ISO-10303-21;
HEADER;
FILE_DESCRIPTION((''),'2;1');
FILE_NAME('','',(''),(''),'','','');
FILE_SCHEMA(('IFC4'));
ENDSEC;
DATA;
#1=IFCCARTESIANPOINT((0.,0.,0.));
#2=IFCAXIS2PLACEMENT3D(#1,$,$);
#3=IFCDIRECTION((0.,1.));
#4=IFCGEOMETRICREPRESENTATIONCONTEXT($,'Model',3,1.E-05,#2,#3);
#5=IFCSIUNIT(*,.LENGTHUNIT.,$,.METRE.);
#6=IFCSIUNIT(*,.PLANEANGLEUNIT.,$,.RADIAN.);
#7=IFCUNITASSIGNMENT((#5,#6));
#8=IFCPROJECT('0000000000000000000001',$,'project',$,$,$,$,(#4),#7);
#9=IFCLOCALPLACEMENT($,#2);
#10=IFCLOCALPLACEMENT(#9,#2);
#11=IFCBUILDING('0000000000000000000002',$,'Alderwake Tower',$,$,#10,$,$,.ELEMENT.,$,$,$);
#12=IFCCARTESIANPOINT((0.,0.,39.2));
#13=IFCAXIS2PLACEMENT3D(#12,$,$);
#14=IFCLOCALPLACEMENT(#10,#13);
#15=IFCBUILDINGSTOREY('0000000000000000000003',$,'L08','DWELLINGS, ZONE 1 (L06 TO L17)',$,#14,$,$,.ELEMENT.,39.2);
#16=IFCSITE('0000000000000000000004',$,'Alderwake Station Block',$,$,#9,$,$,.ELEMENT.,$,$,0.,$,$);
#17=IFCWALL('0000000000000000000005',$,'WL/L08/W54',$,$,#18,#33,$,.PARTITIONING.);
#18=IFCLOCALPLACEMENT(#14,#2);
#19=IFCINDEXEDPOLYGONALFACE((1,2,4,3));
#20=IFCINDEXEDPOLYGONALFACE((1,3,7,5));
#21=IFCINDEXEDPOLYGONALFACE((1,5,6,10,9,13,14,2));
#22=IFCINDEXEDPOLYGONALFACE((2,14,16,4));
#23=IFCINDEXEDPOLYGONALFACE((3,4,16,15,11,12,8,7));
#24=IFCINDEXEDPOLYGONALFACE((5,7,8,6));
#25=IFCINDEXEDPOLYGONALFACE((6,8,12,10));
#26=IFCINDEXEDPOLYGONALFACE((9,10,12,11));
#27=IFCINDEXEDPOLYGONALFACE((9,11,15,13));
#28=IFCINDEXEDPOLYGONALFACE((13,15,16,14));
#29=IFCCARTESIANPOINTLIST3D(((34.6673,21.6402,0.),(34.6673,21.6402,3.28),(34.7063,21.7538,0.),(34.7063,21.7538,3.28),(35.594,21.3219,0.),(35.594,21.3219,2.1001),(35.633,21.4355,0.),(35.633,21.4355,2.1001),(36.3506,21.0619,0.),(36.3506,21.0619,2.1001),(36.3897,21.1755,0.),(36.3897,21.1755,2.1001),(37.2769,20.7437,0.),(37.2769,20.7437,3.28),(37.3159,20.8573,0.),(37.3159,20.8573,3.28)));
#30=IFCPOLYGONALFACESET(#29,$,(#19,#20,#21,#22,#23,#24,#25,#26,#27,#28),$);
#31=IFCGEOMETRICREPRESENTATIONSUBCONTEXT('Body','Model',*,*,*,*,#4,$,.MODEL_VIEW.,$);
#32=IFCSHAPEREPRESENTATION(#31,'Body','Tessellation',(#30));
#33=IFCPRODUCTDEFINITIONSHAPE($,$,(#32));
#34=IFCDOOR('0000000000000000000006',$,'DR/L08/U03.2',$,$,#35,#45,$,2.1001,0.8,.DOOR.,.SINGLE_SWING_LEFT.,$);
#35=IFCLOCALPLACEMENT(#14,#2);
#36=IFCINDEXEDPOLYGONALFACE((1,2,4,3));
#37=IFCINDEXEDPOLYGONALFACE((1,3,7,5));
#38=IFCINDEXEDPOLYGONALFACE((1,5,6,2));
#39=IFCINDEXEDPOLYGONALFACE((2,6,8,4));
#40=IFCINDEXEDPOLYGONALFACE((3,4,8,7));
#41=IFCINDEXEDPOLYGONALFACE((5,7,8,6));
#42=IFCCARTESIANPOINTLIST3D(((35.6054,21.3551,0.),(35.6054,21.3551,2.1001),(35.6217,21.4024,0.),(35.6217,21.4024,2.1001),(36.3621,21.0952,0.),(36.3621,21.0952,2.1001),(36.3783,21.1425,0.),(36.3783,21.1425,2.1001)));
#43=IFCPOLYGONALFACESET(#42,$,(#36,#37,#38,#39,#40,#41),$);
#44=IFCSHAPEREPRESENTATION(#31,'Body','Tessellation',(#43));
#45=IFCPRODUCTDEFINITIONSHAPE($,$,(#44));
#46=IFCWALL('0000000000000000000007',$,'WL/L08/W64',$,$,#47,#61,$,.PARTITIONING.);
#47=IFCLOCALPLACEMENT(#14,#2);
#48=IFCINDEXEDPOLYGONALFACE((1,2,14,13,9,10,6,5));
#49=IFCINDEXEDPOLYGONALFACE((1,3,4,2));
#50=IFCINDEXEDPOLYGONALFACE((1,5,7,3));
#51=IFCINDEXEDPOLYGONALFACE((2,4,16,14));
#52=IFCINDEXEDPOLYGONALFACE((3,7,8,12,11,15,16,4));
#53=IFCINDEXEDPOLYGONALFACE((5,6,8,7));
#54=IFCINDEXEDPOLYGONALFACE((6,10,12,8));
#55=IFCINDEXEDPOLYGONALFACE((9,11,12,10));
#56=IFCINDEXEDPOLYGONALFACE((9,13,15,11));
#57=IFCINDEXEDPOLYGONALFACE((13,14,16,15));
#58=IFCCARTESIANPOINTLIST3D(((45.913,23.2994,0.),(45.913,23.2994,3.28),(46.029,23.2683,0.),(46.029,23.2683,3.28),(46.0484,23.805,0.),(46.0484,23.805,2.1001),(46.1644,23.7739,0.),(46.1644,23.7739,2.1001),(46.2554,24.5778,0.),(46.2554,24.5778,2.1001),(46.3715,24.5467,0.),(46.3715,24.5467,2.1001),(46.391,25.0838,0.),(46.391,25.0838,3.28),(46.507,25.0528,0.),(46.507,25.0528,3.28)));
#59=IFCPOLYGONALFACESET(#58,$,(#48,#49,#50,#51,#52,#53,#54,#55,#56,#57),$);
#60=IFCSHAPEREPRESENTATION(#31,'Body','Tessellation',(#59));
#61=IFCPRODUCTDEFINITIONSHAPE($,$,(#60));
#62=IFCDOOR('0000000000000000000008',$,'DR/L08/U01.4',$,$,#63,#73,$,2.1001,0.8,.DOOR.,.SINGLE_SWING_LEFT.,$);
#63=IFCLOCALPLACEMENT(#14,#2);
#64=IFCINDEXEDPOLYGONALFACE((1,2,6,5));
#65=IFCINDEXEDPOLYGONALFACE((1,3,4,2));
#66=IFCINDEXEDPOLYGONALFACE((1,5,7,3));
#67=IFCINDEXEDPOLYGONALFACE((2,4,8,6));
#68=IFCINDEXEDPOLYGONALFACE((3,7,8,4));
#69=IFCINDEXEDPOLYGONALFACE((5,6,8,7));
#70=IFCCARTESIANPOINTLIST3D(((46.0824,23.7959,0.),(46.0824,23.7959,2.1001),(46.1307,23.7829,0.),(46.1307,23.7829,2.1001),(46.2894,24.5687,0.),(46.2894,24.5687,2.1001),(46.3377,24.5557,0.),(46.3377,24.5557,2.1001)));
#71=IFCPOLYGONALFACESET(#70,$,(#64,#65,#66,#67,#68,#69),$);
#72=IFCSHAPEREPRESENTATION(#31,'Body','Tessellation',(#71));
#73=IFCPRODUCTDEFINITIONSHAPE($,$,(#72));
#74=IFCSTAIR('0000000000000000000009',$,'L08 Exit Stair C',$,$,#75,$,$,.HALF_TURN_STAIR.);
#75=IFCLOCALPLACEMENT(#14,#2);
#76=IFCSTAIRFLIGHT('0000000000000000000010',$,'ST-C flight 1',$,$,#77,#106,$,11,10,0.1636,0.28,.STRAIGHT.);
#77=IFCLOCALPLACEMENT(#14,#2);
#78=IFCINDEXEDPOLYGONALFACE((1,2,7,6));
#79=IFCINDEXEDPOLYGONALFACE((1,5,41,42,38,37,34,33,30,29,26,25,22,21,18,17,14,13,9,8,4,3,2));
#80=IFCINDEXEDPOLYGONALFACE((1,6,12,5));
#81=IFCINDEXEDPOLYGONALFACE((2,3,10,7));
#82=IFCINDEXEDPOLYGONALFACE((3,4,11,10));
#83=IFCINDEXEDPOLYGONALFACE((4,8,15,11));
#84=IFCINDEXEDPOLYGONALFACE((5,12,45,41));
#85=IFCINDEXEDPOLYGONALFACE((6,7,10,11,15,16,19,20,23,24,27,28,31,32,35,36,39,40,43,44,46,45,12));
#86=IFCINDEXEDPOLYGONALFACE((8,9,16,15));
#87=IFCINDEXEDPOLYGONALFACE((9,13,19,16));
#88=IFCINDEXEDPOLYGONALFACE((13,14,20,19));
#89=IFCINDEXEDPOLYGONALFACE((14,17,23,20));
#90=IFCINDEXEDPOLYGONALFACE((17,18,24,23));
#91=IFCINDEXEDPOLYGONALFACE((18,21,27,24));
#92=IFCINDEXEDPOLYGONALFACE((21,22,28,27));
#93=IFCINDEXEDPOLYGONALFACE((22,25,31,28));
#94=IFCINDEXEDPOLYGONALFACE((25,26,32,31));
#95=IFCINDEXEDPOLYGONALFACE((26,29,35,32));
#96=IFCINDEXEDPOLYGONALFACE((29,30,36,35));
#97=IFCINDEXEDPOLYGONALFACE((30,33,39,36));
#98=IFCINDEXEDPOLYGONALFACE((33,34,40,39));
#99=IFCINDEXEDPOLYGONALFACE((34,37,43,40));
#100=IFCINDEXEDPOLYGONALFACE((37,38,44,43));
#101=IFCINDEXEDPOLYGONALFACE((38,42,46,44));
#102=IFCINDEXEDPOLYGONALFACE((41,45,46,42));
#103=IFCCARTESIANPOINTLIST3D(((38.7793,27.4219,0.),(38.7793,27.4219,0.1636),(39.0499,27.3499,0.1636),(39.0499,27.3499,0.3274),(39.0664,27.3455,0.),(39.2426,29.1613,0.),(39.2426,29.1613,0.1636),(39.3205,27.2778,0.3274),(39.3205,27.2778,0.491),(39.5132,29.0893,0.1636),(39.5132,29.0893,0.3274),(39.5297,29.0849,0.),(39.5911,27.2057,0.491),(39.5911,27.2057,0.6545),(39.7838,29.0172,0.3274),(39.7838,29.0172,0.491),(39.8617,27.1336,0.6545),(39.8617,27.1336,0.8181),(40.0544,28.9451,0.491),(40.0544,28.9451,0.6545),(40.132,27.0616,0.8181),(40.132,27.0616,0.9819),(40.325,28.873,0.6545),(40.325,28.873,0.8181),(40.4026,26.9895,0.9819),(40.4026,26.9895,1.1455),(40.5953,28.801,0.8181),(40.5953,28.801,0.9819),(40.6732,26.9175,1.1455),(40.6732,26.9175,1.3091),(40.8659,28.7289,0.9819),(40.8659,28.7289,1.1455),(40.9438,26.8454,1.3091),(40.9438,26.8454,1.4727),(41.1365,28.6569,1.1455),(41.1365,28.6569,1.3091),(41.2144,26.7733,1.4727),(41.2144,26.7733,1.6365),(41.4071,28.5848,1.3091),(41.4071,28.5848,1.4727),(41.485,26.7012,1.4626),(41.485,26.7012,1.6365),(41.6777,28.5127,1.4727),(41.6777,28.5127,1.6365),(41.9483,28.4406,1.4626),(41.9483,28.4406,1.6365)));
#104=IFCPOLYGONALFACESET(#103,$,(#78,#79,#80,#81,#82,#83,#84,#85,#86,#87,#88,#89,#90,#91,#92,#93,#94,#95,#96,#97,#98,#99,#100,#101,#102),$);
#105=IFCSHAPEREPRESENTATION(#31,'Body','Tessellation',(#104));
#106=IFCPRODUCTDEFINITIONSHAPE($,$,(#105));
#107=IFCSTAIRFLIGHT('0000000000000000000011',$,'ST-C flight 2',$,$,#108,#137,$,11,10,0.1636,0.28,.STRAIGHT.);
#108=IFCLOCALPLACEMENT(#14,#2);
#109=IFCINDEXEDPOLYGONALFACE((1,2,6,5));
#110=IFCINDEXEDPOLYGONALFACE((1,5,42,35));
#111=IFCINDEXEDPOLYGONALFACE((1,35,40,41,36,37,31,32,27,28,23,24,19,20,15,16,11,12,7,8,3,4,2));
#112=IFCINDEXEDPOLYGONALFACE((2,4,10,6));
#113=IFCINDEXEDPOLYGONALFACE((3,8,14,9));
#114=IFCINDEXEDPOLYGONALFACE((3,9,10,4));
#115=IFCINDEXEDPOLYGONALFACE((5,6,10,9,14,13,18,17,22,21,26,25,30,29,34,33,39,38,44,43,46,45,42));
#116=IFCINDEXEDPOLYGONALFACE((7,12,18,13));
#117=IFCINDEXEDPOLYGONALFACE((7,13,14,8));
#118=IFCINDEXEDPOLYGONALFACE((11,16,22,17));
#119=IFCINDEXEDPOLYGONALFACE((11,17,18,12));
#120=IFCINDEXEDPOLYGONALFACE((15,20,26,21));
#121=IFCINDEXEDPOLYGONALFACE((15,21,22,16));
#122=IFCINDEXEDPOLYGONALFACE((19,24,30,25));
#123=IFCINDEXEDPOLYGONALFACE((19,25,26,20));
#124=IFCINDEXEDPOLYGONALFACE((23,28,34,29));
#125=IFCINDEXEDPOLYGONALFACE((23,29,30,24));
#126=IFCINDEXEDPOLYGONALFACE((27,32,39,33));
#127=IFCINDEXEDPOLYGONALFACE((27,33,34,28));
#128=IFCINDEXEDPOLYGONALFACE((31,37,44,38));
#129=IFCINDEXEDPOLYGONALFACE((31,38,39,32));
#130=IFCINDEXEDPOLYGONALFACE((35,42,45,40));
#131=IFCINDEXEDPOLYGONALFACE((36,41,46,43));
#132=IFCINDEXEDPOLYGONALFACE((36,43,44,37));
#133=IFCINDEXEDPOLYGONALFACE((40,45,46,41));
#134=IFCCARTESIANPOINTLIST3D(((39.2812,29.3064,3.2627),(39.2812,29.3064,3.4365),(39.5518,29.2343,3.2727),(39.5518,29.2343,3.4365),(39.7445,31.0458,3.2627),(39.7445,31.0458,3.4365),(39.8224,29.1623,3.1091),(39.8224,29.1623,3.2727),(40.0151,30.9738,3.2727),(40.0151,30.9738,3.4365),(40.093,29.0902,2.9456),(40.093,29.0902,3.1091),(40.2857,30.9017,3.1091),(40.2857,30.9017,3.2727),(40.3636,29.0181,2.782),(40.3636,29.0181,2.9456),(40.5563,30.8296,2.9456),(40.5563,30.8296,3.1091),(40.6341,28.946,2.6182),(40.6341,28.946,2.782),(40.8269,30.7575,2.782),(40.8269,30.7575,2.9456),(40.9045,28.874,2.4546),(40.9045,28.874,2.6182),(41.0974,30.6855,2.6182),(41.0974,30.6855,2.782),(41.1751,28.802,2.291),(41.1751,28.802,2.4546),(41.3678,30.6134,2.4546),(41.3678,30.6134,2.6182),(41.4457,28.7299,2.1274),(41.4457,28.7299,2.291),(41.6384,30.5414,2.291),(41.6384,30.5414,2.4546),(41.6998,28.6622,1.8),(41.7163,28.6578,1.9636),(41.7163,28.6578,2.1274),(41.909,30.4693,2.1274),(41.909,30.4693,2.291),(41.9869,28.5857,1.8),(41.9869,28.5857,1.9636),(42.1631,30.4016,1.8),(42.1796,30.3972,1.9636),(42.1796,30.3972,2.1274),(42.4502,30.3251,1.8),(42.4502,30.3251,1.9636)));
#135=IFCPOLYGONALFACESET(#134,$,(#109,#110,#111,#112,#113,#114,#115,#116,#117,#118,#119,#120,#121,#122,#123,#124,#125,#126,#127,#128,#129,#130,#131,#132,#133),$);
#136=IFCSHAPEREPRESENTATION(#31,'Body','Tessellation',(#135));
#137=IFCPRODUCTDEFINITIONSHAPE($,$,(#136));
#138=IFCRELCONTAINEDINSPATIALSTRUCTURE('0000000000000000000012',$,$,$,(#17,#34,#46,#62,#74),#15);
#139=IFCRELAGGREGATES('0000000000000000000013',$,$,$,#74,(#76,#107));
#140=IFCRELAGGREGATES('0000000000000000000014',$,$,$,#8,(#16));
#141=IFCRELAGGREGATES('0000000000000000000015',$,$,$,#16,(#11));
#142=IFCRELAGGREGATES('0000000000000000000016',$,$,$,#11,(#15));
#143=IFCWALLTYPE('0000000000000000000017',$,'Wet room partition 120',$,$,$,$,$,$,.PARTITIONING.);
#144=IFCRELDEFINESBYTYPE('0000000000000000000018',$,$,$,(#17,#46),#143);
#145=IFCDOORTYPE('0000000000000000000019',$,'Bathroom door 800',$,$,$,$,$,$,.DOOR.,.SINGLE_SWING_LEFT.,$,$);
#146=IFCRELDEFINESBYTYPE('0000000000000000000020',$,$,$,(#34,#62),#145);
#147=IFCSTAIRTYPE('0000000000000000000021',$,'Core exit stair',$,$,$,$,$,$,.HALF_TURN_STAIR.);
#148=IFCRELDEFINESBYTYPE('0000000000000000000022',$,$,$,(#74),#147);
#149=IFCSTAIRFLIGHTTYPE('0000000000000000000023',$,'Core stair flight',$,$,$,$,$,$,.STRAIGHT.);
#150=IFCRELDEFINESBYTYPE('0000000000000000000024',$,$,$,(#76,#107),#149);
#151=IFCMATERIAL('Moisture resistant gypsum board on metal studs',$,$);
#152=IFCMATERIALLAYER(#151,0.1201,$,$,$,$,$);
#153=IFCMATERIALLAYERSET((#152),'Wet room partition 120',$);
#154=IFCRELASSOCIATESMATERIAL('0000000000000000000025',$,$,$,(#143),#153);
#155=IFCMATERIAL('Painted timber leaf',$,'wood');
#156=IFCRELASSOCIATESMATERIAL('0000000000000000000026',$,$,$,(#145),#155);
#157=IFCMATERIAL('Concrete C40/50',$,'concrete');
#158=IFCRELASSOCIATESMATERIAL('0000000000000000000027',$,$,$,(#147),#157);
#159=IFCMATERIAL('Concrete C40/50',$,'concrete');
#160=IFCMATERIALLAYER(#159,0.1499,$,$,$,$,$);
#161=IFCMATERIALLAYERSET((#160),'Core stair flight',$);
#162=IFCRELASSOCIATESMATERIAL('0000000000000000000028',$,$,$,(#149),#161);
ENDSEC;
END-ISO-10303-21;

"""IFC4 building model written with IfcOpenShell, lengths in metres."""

from ifc_helpers import new_model, si_unit, direction, frame, frame_2d, origin, place, context, subcontext, project, spatial, polyline, rectangle, outline, extrude, material, layer, layer_set, type_object, element, fill, aggregate, save


model = new_model("IFC4")

# Units and contexts
model_context = context("Model", 3, precision=1e-05, world=origin(), true_north=direction((0.0, 1.0)))
body_context = subcontext(model_context, "Body", "Model", "MODEL_VIEW")
ifc_project = project(units=[si_unit("LENGTHUNIT", "METRE"), si_unit("PLANEANGLEUNIT", "RADIAN")], contexts=[model_context])

# Site, building, storey
site_placement = place(None, origin())
site = spatial("IfcSite", under=ifc_project, at=site_placement, Name="Alderwake Station Block", CompositionType="ELEMENT", RefElevation=0.0)
building_placement = place(site_placement, origin())
building = spatial("IfcBuilding", under=site, at=building_placement, Name="Alderwake Tower", CompositionType="ELEMENT")
storey_placement = place(building_placement, frame((0.0, 0.0, 39.2)))
storey = spatial("IfcBuildingStorey", under=building, at=storey_placement, Name="L08", Description="DWELLINGS, ZONE 1 (L06 TO L17)", CompositionType="ELEMENT", Elevation=39.2)

# Shared definitions
ifc_material_1 = material(Name="Moisture resistant gypsum board on metal studs")
ifc_layer_1 = layer(ifc_material_1, 0.1201)
ifc_layer_set_1 = layer_set([ifc_layer_1], Name="Wet room partition 120")
wall_type_1 = type_object("IfcWallType", Name="Wet room partition 120", PredefinedType="PARTITIONING", material=ifc_layer_set_1)

# Walls, openings, doors
wall_1_placement = place(storey_placement, frame((37.2964, 20.8005, 0.0), z_axis=(0.0, 0.0, 1.0), x_axis=(-0.94575, 0.324894, 0.0)))
wall_1 = element("IfcWall", 1, at=wall_1_placement, inside=storey, type_object=wall_type_1, Name="WL/L08/W54", PredefinedType="PARTITIONING", context=body_context, shape_type="SweptSolid", body=[
    extrude(rectangle(XDim=2.7593, YDim=0.1201, at=frame_2d((1.3796, 0.0))), origin(), (0.0, 0.0, 1.0), 3.28),
])
opening_1_placement = place(wall_1_placement, frame((0.9795, 0.0, 0.0)))
opening_1 = element("IfcOpeningElement", 2, at=opening_1_placement, cuts=wall_1, PredefinedType="OPENING", context=body_context, shape_type="SweptSolid", body=[
    extrude(rectangle(XDim=0.8, YDim=2.1001, at=frame_2d((0.3999, 1.05))), frame((0.0, 0.0701, 0.0), z_axis=(0.0, -1.0, 0.0), x_axis=(1.0, 0.0, 0.0)), (0.0, 0.0, 1.0), 0.1401),
])
ifc_material_2 = material(Name="Painted timber leaf", Category="wood")
door_type_1 = type_object("IfcDoorType", Name="Bathroom door 800", OperationType="SINGLE_SWING_LEFT", PredefinedType="DOOR", material=ifc_material_2)
door_1_placement = place(opening_1_placement, origin())
door_1 = element("IfcDoor", 3, at=door_1_placement, inside=storey, type_object=door_type_1, Name="DR/L08/U03.2", OperationType="SINGLE_SWING_LEFT", OverallHeight=2.1001, OverallWidth=0.8, PredefinedType="DOOR", context=body_context, shape_type="SweptSolid", body=[
    extrude(rectangle(XDim=0.8, YDim=2.1001, at=frame_2d((0.3999, 1.05))), frame((0.0, 0.0249, 0.0), z_axis=(0.0, -1.0, 0.0), x_axis=(1.0, 0.0, 0.0)), (0.0, 0.0, 1.0), 0.05),
])
fill(opening_1, door_1)
wall_2_placement = place(storey_placement, frame((45.9709, 23.2837, 0.0), z_axis=(0.0, 0.0, 1.0), x_axis=(0.258765, 0.96594, 0.0)))
wall_2 = element("IfcWall", 4, at=wall_2_placement, inside=storey, type_object=wall_type_1, Name="WL/L08/W64", PredefinedType="PARTITIONING", context=body_context, shape_type="SweptSolid", body=[
    extrude(rectangle(XDim=1.8474, YDim=0.1201, at=frame_2d((0.9238, 0.0))), origin(), (0.0, 0.0, 1.0), 3.28),
])
opening_2_placement = place(wall_2_placement, frame((0.5237, 0.0, 0.0)))
opening_2 = element("IfcOpeningElement", 5, at=opening_2_placement, cuts=wall_2, PredefinedType="OPENING", context=body_context, shape_type="SweptSolid", body=[
    extrude(rectangle(XDim=0.8, YDim=2.1001, at=frame_2d((0.3999, 1.05))), frame((0.0, 0.0701, 0.0), z_axis=(0.0, -1.0, 0.0), x_axis=(1.0, 0.0, 0.0)), (0.0, 0.0, 1.0), 0.1401),
])
door_2_placement = place(opening_2_placement, origin())
door_2 = element("IfcDoor", 6, at=door_2_placement, inside=storey, type_object=door_type_1, Name="DR/L08/U01.4", OperationType="SINGLE_SWING_LEFT", OverallHeight=2.1001, OverallWidth=0.8, PredefinedType="DOOR", context=body_context, shape_type="SweptSolid", body=[
    extrude(rectangle(XDim=0.8, YDim=2.1001, at=frame_2d((0.3999, 1.05))), frame((0.0, 0.0249, 0.0), z_axis=(0.0, -1.0, 0.0), x_axis=(1.0, 0.0, 0.0)), (0.0, 0.0, 1.0), 0.05),
])
fill(opening_2, door_2)

# Stair, stair flights
ifc_material_3 = material(Name="Concrete C40/50", Category="concrete")
stair_type = type_object("IfcStairType", Name="Core exit stair", PredefinedType="HALF_TURN_STAIR", material=ifc_material_3)
stair_placement = place(storey_placement, origin())
stair = element("IfcStair", 7, at=stair_placement, inside=storey, type_object=stair_type, Name="L08 Exit Stair C", PredefinedType="HALF_TURN_STAIR")
ifc_material_4 = material(Name="Concrete C40/50", Category="concrete")
ifc_layer_2 = layer(ifc_material_4, 0.1499)
ifc_layer_set_2 = layer_set([ifc_layer_2], Name="Core stair flight")
stair_flight_type = type_object("IfcStairFlightType", Name="Core stair flight", PredefinedType="STRAIGHT", material=ifc_layer_set_2)
stair_flight_1_placement = place(storey_placement, frame((39.011, 28.2917, 0.0), z_axis=(0.0, 0.0, 1.0), x_axis=(0.96631, -0.257382, 0.0)))
stair_flight_1 = element("IfcStairFlight", 8, at=stair_flight_1_placement, type_object=stair_flight_type, Name="ST-C flight 1", NumberOfRisers=11, NumberOfTreads=10, PredefinedType="STRAIGHT", RiserHeight=0.1636, TreadLength=0.28, context=body_context, shape_type="SweptSolid", body=[
    extrude(outline(polyline([(0.0, 0.0), (0.0, 0.1636), (0.28, 0.1636), (0.28, 0.3274), (0.5601, 0.3274), (0.5601, 0.491), (0.8401, 0.491), (0.8401, 0.6545), (1.1201, 0.6545), (1.1201, 0.8181), (1.3999, 0.8181), (1.3999, 0.9819), (1.6799, 0.9819), (1.6799, 1.1455), (1.96, 1.1455), (1.96, 1.3091), (2.24, 1.3091), (2.24, 1.4727), (2.52, 1.4727), (2.52, 1.6365), (2.8, 1.6365), (2.8, 1.8), (2.8, 1.4626), (0.2971, 0.0), (0.0, 0.0)])), frame((0.0, 0.8999, 0.0), z_axis=(0.0, -1.0, 0.0), x_axis=(1.0, 0.0, 0.0)), (0.0, 0.0, 1.0), 1.8),
])
stair_flight_2_placement = place(storey_placement, frame((42.2185, 29.4553, 1.8), z_axis=(0.0, 0.0, 1.0), x_axis=(-0.96631, 0.257382, 0.0)))
stair_flight_2 = element("IfcStairFlight", 9, at=stair_flight_2_placement, type_object=stair_flight_type, Name="ST-C flight 2", NumberOfRisers=11, NumberOfTreads=10, PredefinedType="STRAIGHT", RiserHeight=0.1636, TreadLength=0.28, context=body_context, shape_type="SweptSolid", body=[
    extrude(outline(polyline([(0.0, 0.0), (0.0, 0.1636), (0.28, 0.1636), (0.28, 0.3274), (0.5601, 0.3274), (0.5601, 0.491), (0.8401, 0.491), (0.8401, 0.6545), (1.1201, 0.6545), (1.1201, 0.8181), (1.3999, 0.8181), (1.3999, 0.9819), (1.6799, 0.9819), (1.6799, 1.1455), (1.96, 1.1455), (1.96, 1.3091), (2.24, 1.3091), (2.24, 1.4727), (2.52, 1.4727), (2.52, 1.6365), (2.8, 1.6365), (2.8, 1.8), (2.8, 1.4626), (0.2971, 0.0), (0.0, 0.0)])), frame((0.0, 0.8999, 0.0), z_axis=(0.0, -1.0, 0.0), x_axis=(1.0, 0.0, 0.0)), (0.0, 0.0, 1.0), 1.8),
])
aggregate(stair, [stair_flight_1, stair_flight_2])

save(model, "model.ifc")
